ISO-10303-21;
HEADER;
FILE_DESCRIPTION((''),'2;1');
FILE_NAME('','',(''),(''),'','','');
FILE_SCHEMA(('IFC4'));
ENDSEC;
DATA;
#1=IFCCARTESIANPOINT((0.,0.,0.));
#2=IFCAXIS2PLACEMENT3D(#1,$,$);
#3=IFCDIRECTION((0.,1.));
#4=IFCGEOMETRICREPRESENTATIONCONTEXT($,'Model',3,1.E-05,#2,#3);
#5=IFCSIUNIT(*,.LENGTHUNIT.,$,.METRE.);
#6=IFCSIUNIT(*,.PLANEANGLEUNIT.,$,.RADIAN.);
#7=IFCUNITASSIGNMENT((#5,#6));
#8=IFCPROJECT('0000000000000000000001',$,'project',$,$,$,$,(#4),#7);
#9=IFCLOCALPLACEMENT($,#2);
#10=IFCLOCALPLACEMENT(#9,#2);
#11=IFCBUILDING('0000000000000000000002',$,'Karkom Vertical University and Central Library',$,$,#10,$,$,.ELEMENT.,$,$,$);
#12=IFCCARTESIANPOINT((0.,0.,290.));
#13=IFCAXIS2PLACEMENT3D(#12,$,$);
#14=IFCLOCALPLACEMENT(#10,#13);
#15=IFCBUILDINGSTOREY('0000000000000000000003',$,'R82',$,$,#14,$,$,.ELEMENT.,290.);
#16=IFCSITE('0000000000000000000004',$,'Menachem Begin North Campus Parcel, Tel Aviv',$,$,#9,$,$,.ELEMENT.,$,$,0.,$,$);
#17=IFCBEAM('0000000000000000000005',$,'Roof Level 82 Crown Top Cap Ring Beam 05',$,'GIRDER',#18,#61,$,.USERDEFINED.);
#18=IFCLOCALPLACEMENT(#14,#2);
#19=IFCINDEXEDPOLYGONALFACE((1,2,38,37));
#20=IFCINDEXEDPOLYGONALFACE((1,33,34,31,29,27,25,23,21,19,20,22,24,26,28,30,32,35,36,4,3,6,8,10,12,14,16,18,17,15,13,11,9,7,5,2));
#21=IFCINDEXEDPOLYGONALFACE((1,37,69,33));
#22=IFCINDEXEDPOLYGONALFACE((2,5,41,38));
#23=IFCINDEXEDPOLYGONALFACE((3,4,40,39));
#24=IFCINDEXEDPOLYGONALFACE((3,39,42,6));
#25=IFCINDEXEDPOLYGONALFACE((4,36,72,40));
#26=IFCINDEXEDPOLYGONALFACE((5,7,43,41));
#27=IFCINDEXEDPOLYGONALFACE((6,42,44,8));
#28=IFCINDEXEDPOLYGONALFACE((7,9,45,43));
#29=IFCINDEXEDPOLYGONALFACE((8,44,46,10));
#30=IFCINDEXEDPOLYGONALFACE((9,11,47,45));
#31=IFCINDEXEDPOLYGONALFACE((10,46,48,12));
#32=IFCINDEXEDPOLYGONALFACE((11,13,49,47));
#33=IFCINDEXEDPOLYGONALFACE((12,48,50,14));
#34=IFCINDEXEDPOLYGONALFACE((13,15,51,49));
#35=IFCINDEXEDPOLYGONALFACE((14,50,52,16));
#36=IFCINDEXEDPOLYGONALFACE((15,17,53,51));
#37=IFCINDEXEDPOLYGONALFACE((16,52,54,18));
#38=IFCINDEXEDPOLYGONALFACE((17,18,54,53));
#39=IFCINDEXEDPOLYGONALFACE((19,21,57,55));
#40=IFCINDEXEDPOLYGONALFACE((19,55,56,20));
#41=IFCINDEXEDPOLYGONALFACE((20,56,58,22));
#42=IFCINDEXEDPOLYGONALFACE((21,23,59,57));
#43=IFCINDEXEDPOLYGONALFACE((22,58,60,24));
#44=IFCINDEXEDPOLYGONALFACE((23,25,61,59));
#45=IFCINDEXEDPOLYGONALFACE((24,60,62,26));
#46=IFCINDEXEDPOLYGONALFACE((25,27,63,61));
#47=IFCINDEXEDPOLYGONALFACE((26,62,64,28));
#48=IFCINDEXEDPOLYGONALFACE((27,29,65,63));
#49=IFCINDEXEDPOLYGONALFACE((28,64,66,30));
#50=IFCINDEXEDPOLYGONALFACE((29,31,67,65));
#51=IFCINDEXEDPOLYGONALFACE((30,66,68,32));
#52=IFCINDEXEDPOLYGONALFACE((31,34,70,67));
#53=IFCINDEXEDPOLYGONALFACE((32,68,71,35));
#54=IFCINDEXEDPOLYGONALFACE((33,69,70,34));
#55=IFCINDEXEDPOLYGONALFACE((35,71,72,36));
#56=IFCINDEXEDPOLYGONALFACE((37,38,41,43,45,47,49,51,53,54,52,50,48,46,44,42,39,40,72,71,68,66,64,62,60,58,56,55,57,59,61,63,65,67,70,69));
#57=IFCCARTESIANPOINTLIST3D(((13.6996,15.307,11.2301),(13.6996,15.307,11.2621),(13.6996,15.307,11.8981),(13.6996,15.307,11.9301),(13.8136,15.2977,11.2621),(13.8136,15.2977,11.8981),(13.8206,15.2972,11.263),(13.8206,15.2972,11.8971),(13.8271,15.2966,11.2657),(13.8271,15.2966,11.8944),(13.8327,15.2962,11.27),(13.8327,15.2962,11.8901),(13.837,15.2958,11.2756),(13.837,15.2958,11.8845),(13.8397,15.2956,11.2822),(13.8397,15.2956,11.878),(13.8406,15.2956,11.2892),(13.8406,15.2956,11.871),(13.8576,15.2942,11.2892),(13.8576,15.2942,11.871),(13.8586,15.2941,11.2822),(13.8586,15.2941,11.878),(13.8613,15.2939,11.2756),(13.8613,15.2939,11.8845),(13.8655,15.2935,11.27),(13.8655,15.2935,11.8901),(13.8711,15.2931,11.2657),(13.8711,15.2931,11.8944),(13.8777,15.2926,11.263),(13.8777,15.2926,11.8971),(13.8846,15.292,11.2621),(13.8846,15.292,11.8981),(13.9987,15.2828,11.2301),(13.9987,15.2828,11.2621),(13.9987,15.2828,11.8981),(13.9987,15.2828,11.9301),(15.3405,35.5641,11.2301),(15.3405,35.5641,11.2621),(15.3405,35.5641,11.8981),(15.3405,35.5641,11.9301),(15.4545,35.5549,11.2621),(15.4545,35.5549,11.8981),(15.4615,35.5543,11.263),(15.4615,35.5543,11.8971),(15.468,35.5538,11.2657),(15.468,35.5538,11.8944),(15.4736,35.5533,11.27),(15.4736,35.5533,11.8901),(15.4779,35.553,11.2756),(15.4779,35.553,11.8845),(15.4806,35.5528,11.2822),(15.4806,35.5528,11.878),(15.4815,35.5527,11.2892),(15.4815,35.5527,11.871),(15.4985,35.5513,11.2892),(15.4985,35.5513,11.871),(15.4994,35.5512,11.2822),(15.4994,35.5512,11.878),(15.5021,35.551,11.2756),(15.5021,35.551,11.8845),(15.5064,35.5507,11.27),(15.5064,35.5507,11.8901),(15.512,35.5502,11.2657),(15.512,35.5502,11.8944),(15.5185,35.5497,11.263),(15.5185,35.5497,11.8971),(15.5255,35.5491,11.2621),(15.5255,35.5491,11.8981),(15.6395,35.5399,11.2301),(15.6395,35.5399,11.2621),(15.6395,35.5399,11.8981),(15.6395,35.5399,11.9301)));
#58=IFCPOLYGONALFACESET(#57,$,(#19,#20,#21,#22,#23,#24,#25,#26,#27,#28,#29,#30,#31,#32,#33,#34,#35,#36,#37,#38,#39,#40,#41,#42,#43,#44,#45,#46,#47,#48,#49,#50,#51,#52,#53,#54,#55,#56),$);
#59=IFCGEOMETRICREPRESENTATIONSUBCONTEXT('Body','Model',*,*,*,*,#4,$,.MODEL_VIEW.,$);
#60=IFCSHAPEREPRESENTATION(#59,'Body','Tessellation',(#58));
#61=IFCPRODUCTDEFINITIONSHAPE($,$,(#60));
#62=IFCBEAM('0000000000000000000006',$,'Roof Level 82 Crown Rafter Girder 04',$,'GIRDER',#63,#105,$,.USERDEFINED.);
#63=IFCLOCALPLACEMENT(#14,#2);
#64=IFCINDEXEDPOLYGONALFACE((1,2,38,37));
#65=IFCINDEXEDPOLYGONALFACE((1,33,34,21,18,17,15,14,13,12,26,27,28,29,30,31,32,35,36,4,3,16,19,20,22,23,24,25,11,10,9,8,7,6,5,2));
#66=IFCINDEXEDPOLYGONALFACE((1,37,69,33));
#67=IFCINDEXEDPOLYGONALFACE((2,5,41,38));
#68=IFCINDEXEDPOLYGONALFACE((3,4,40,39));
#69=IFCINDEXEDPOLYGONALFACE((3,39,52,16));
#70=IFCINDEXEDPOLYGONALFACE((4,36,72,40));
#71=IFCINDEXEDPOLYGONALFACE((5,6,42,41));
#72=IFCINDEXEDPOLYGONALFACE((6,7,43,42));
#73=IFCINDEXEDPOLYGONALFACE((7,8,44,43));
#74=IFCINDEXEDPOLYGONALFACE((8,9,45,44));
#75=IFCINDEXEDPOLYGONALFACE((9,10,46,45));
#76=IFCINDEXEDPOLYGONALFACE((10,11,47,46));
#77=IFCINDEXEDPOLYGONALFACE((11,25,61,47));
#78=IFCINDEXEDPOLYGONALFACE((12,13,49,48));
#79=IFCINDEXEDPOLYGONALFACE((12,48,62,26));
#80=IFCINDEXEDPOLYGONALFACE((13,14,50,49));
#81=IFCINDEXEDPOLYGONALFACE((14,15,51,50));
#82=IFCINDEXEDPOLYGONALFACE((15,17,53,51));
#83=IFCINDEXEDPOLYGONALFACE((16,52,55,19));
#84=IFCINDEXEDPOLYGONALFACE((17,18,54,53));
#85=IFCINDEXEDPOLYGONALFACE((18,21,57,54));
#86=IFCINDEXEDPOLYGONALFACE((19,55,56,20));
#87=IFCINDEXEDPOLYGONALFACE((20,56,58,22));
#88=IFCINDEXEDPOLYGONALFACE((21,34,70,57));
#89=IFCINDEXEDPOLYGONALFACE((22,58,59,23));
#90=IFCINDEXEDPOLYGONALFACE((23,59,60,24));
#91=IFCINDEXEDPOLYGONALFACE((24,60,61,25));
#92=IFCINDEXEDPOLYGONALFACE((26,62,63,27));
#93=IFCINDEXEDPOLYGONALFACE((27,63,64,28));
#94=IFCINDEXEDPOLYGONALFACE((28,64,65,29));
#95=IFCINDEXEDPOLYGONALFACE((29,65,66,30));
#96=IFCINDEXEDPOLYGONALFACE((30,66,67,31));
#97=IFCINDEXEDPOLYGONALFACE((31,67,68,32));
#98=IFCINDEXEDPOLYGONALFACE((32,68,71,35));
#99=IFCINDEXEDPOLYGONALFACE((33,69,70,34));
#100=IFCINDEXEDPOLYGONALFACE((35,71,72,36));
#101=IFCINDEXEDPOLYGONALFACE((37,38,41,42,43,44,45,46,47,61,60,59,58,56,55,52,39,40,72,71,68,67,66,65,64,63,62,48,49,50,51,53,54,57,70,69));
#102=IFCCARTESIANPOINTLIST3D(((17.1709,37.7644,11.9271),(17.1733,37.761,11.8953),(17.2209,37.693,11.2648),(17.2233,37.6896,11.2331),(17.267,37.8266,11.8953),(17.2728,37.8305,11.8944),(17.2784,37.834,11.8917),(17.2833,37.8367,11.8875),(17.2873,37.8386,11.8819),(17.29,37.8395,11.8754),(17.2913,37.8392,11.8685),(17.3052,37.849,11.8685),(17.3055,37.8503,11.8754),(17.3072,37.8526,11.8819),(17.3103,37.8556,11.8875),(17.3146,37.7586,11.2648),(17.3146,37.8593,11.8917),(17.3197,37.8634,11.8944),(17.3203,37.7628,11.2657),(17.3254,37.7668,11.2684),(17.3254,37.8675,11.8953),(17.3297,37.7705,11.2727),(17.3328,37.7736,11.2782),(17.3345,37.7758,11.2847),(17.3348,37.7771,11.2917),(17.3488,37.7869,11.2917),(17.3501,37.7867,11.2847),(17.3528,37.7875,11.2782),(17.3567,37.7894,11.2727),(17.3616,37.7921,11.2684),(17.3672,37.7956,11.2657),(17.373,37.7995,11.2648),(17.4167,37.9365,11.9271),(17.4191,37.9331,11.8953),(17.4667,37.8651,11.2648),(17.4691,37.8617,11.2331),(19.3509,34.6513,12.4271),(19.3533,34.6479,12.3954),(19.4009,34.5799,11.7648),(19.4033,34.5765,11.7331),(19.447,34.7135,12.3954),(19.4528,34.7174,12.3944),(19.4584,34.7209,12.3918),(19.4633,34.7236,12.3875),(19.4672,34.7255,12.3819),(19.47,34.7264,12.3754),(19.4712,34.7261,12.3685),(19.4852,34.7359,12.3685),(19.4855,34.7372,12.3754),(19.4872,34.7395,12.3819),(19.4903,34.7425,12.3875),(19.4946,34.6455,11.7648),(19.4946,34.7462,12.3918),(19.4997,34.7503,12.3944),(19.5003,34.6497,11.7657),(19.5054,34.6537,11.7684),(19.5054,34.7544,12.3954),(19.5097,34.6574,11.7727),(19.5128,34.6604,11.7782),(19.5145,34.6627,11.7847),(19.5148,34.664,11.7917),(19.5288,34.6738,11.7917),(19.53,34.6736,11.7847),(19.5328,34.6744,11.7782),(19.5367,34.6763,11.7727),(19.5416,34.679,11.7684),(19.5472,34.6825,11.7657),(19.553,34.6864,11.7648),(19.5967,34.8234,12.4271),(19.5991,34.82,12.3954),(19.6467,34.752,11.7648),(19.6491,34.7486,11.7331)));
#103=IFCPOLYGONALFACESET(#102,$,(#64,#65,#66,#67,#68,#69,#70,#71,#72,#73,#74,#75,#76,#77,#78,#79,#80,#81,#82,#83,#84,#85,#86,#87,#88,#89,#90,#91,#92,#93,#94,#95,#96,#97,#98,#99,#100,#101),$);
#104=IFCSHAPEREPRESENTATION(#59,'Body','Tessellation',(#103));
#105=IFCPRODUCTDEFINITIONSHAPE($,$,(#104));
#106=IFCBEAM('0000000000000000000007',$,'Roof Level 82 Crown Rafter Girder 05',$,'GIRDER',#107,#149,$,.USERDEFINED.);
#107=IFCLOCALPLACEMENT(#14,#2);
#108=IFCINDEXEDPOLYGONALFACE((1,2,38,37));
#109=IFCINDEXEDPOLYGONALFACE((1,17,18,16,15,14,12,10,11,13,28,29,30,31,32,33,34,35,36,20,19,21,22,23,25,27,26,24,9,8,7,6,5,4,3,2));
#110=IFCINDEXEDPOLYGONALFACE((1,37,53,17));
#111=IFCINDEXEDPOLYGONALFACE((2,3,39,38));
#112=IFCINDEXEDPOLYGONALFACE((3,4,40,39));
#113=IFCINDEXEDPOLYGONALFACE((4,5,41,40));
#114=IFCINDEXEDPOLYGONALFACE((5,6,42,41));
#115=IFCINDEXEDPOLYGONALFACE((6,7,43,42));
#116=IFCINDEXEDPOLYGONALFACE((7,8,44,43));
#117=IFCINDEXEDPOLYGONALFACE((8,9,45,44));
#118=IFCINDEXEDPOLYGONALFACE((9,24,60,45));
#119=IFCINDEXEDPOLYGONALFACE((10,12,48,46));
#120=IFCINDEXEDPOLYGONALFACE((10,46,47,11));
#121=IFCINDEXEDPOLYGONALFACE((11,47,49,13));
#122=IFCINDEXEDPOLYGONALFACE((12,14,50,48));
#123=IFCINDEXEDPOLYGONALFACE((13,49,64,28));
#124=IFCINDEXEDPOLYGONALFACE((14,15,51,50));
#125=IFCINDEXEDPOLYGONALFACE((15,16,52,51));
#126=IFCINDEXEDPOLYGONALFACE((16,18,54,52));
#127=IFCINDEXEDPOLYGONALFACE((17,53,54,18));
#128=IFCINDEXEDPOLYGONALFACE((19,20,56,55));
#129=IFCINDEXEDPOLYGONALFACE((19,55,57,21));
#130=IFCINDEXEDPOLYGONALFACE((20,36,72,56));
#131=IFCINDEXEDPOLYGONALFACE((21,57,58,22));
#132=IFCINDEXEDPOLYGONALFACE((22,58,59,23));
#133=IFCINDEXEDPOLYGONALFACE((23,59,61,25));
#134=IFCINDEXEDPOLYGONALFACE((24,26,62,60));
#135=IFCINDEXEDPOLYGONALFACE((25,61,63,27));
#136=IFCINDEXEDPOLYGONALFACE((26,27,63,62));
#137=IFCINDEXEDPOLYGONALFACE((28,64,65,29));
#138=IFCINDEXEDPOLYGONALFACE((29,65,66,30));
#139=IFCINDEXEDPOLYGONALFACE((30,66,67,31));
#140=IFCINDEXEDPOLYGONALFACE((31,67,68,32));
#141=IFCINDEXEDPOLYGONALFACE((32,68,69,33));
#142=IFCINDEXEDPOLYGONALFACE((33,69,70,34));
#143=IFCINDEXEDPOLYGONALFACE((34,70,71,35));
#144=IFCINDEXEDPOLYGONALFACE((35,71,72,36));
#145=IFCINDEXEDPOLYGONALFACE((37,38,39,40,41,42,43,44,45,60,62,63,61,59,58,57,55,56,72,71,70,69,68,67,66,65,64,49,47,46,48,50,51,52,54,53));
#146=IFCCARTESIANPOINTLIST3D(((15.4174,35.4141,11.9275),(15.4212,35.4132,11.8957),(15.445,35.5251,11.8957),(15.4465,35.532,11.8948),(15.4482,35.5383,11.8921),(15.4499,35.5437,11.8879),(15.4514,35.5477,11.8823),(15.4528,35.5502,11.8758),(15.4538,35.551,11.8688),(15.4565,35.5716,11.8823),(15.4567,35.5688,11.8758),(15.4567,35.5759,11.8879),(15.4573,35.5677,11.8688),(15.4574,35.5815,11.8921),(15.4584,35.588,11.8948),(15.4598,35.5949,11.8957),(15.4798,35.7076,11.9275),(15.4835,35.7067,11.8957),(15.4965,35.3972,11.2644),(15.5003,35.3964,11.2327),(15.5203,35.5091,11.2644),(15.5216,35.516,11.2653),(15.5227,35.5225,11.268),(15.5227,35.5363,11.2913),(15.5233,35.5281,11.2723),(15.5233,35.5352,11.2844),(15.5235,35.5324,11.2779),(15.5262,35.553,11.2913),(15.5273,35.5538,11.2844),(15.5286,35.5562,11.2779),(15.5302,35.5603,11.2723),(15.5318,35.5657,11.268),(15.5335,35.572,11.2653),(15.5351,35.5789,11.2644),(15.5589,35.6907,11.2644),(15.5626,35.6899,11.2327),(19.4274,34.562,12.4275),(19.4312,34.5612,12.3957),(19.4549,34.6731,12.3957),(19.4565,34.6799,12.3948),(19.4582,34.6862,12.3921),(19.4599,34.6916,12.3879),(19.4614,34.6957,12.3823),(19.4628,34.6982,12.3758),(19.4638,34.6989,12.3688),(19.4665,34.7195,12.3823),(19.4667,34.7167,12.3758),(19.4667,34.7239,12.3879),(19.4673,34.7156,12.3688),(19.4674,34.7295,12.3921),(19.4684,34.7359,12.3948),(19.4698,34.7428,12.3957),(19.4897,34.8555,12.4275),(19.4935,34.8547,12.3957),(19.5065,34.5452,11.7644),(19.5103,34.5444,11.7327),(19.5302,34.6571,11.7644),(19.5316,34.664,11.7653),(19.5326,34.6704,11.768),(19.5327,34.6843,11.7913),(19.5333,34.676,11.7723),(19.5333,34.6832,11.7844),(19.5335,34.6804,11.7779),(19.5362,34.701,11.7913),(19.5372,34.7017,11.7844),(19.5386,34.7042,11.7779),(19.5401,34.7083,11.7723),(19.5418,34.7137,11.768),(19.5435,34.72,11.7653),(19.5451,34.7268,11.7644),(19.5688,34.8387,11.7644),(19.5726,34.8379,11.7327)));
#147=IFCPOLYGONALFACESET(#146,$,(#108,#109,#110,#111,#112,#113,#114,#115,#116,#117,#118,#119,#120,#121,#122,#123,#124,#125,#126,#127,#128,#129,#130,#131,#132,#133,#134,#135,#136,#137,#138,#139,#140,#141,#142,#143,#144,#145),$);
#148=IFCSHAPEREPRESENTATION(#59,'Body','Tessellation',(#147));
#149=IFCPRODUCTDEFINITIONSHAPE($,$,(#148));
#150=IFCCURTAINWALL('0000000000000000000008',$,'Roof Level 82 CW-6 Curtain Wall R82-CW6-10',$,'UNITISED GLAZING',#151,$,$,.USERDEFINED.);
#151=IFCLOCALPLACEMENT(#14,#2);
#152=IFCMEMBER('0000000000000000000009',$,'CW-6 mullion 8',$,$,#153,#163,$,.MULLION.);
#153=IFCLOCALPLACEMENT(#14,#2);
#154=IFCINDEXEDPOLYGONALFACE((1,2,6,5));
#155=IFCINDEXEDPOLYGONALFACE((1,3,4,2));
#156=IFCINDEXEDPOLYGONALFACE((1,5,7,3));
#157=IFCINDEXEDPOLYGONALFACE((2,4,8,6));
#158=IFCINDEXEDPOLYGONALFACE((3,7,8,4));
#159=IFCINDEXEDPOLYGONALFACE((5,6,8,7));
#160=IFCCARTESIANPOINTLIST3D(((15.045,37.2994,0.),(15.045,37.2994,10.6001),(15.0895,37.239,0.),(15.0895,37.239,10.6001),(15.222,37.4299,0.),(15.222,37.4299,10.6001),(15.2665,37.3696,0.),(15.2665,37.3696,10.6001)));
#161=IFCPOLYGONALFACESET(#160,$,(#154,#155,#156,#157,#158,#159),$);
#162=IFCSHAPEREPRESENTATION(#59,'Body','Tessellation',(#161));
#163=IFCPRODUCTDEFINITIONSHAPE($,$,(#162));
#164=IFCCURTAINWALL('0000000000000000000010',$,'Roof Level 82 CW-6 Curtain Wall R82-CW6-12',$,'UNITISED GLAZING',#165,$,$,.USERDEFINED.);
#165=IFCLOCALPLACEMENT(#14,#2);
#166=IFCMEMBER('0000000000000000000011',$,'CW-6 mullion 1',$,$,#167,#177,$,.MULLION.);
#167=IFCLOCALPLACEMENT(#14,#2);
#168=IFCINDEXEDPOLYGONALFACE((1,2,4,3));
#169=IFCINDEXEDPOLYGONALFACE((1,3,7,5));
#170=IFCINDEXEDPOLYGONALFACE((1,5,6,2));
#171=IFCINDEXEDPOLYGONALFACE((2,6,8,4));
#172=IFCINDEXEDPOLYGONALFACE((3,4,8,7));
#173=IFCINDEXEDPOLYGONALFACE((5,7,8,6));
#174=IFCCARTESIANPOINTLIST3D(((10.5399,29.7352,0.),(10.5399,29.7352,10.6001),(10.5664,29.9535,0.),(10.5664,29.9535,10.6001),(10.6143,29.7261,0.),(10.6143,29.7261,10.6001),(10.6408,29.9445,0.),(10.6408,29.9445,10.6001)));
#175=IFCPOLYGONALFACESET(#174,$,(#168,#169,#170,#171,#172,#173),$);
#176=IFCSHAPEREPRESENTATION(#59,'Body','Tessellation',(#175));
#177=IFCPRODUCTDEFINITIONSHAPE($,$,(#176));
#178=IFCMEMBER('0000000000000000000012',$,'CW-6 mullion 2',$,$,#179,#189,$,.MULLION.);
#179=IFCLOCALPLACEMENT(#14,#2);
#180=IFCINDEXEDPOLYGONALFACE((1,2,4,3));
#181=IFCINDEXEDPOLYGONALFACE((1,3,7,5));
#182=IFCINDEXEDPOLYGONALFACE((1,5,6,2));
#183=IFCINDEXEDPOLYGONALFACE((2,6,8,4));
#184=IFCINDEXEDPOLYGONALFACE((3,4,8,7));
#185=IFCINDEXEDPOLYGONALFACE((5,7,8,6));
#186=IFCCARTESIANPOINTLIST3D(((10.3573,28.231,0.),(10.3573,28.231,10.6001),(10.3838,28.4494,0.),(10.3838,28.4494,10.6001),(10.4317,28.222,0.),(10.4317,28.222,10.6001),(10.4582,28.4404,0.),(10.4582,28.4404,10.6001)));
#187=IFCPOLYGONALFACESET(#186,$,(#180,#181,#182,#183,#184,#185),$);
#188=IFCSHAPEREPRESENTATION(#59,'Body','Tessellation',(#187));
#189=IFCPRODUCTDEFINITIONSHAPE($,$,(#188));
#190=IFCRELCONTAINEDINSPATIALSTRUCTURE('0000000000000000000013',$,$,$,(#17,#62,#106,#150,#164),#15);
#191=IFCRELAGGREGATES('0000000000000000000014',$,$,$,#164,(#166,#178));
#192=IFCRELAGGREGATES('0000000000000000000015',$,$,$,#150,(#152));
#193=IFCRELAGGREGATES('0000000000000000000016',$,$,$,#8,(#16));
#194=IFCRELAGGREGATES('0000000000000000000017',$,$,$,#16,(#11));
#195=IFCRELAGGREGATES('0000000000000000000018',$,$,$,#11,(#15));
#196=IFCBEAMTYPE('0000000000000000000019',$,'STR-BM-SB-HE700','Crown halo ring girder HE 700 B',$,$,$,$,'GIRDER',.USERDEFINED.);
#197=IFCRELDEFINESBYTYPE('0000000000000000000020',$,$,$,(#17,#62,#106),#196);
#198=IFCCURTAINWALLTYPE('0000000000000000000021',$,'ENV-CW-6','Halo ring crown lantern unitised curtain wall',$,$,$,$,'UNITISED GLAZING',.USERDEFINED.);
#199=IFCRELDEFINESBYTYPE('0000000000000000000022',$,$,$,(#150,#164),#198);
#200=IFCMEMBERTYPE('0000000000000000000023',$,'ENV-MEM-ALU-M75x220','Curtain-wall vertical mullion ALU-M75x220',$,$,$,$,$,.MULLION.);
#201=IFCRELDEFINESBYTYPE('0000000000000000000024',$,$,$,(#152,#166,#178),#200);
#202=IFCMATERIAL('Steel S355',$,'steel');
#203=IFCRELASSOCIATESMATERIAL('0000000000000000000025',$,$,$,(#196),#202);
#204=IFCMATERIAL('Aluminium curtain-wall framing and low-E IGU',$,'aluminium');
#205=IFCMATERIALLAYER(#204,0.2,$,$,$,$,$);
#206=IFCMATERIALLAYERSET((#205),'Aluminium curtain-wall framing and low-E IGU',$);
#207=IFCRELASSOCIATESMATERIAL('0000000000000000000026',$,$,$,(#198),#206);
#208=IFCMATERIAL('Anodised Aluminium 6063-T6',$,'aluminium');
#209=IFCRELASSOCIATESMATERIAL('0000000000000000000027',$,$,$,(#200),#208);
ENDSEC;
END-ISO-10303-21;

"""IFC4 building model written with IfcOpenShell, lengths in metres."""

from ifc_helpers import new_model, si_unit, direction, frame, origin, origin_with_axes, origin_2d, place, context, subcontext, project, spatial, rectangle, i_section, extrude, source, transform, mapped, material, layer, layer_set, material_profile, profile_set, type_object, element, aggregate, save


model = new_model("IFC4")

# Units and contexts
model_context = context("Model", 3, precision=1e-05, world=origin(), true_north=direction((0.0, 1.0)))
body_context = subcontext(model_context, "Body", "Model", "MODEL_VIEW")
ifc_project = project(units=[si_unit("LENGTHUNIT", "METRE"), si_unit("PLANEANGLEUNIT", "RADIAN")], contexts=[model_context])

# Site, building, storey
site_placement = place(None, origin())
site = spatial("IfcSite", under=ifc_project, at=site_placement, Name="Menachem Begin North Campus Parcel, Tel Aviv", CompositionType="ELEMENT", RefElevation=0.0)
building_placement = place(site_placement, origin())
building = spatial("IfcBuilding", under=site, at=building_placement, Name="Karkom Vertical University and Central Library", CompositionType="ELEMENT")
storey_placement = place(building_placement, frame((0.0, 0.0, 290.0)))
storey = spatial("IfcBuildingStorey", under=building, at=storey_placement, Name="R82", CompositionType="ELEMENT", Elevation=290.0)

# Beams
ifc_material_1 = material(Name="Steel S355", Category="steel")
ifc_material_profile_1 = material_profile(ifc_material_1, i_section(OverallWidth=0.3, OverallDepth=0.7, WebThickness=0.0171, FlangeThickness=0.032, FilletRadius=0.0271, at=origin_2d()), Name="HE 700 B")
ifc_profile_set_1 = profile_set([ifc_material_profile_1], Name="Steel S355")
beam_type = type_object("IfcBeamType", Name="STR-BM-SB-HE700", Description="Crown halo ring girder HE 700 B", ElementType="GIRDER", PredefinedType="USERDEFINED", material=ifc_profile_set_1)
shared_shape_1 = source(origin_with_axes(), body_context, "Body", "SweptSolid", [
    extrude(i_section(OverallWidth=0.3, OverallDepth=0.7, WebThickness=0.0171, FlangeThickness=0.032, FilletRadius=0.0271, at=origin_2d()), origin(), (0.0, 0.0, 1.0), 20.3235),
])
beam_1_placement = place(storey_placement, frame((15.49, 35.552, 11.5801), z_axis=(-0.080738, -0.996735, 0.0), x_axis=(0.996735, -0.080738, 0.0)))
element("IfcBeam", 1, at=beam_1_placement, inside=storey, type_object=beam_type, Name="Roof Level 82 Crown Top Cap Ring Beam 05", ObjectType="GIRDER", PredefinedType="USERDEFINED", context=body_context, shape_type="MappedRepresentation", body=[
    mapped(shared_shape_1, transform((0.0, 0.0, 0.0), scale=1.0)),
])
shared_shape_2 = source(origin_with_axes(), body_context, "Body", "SweptSolid", [
    extrude(i_section(OverallWidth=0.3, OverallDepth=0.7, WebThickness=0.0171, FlangeThickness=0.032, FilletRadius=0.0271, at=origin_2d()), origin(), (0.0, 0.0, 1.0), 3.8333),
])
beam_2_placement = place(storey_placement, frame((19.5, 34.7, 12.0801), z_axis=(-0.568704, 0.812134, -0.130441), x_axis=(-0.819132, -0.573605, 0.0)))
element("IfcBeam", 2, at=beam_2_placement, inside=storey, type_object=beam_type, Name="Roof Level 82 Crown Rafter Girder 04", ObjectType="GIRDER", PredefinedType="USERDEFINED", context=body_context, shape_type="MappedRepresentation", body=[
    mapped(shared_shape_2, transform((0.0, 0.0, 0.0), scale=1.0)),
])
shared_shape_3 = source(origin_with_axes(), body_context, "Body", "SweptSolid", [
    extrude(i_section(OverallWidth=0.3, OverallDepth=0.7, WebThickness=0.0171, FlangeThickness=0.032, FilletRadius=0.0271, at=origin_2d()), origin(), (0.0, 0.0, 1.0), 4.1299),
])
beam_3_placement = place(storey_placement, frame((19.5, 34.7, 12.0801), z_axis=(-0.970967, 0.206312, -0.121068), x_axis=(-0.207841, -0.978163, 0.0)))
element("IfcBeam", 3, at=beam_3_placement, inside=storey, type_object=beam_type, Name="Roof Level 82 Crown Rafter Girder 05", ObjectType="GIRDER", PredefinedType="USERDEFINED", context=body_context, shape_type="MappedRepresentation", body=[
    mapped(shared_shape_3, transform((0.0, 0.0, 0.0), scale=1.0)),
])

# Curtain wall, member
ifc_material_2 = material(Name="Aluminium curtain-wall framing and low-E IGU", Category="aluminium")
ifc_layer_1 = layer(ifc_material_2, 0.2)
ifc_layer_set_1 = layer_set([ifc_layer_1], Name="Aluminium curtain-wall framing and low-E IGU")
curtain_wall_type = type_object("IfcCurtainWallType", Name="ENV-CW-6", Description="Halo ring crown lantern unitised curtain wall", ElementType="UNITISED GLAZING", PredefinedType="USERDEFINED", material=ifc_layer_set_1)
curtain_wall_1_placement = place(storey_placement, origin())
curtain_wall_1 = element("IfcCurtainWall", 4, at=curtain_wall_1_placement, inside=storey, type_object=curtain_wall_type, Name="Roof Level 82 CW-6 Curtain Wall R82-CW6-10", ObjectType="UNITISED GLAZING", PredefinedType="USERDEFINED")
ifc_material_3 = material(Name="Anodised Aluminium 6063-T6", Category="aluminium")
ifc_material_profile_2 = material_profile(ifc_material_3, rectangle(XDim=0.075, YDim=0.22, at=origin_2d()), Name="ALU-M75x220")
ifc_profile_set_2 = profile_set([ifc_material_profile_2], Name="Anodised Aluminium 6063-T6")
member_type_1 = type_object("IfcMemberType", Name="ENV-MEM-ALU-M75x220", Description="Curtain-wall vertical mullion ALU-M75x220", PredefinedType="MULLION", material=ifc_profile_set_2)
shared_shape_4 = source(origin_with_axes(), body_context, "Body", "SweptSolid", [
    extrude(rectangle(XDim=0.075, YDim=0.22, at=origin_2d()), origin(), (0.0, 0.0, 1.0), 10.6001),
])
member_1_placement = place(storey_placement, frame((15.1558, 37.3345, 0.0), z_axis=(0.0, 0.0, 1.0), x_axis=(0.593428, -0.804887, 0.0)))
member_1 = element("IfcMember", 5, at=member_1_placement, type_object=member_type_1, Name="CW-6 mullion 8", PredefinedType="MULLION", context=body_context, shape_type="MappedRepresentation", body=[
    mapped(shared_shape_4, transform((0.0, 0.0, 0.0), scale=1.0)),
])

# Curtain wall, members
curtain_wall_2_placement = place(storey_placement, origin())
curtain_wall_2 = element("IfcCurtainWall", 6, at=curtain_wall_2_placement, inside=storey, type_object=curtain_wall_type, Name="Roof Level 82 CW-6 Curtain Wall R82-CW6-12", ObjectType="UNITISED GLAZING", PredefinedType="USERDEFINED")
member_2_placement = place(storey_placement, frame((10.5903, 29.8398, 0.0), z_axis=(0.0, 0.0, 1.0), x_axis=(0.992707, -0.120553, 0.0)))
member_2 = element("IfcMember", 7, at=member_2_placement, type_object=member_type_1, Name="CW-6 mullion 1", PredefinedType="MULLION", context=body_context, shape_type="MappedRepresentation", body=[
    mapped(shared_shape_4, transform((0.0, 0.0, 0.0), scale=1.0)),
])
member_3_placement = place(storey_placement, frame((10.4077, 28.3357, 0.0), z_axis=(0.0, 0.0, 1.0), x_axis=(0.992707, -0.120553, 0.0)))
member_3 = element("IfcMember", 8, at=member_3_placement, type_object=member_type_1, Name="CW-6 mullion 2", PredefinedType="MULLION", context=body_context, shape_type="MappedRepresentation", body=[
    mapped(shared_shape_4, transform((0.0, 0.0, 0.0), scale=1.0)),
])

aggregate(curtain_wall_2, [member_2, member_3])
aggregate(curtain_wall_1, [member_1])

save(model, "model.ifc")
